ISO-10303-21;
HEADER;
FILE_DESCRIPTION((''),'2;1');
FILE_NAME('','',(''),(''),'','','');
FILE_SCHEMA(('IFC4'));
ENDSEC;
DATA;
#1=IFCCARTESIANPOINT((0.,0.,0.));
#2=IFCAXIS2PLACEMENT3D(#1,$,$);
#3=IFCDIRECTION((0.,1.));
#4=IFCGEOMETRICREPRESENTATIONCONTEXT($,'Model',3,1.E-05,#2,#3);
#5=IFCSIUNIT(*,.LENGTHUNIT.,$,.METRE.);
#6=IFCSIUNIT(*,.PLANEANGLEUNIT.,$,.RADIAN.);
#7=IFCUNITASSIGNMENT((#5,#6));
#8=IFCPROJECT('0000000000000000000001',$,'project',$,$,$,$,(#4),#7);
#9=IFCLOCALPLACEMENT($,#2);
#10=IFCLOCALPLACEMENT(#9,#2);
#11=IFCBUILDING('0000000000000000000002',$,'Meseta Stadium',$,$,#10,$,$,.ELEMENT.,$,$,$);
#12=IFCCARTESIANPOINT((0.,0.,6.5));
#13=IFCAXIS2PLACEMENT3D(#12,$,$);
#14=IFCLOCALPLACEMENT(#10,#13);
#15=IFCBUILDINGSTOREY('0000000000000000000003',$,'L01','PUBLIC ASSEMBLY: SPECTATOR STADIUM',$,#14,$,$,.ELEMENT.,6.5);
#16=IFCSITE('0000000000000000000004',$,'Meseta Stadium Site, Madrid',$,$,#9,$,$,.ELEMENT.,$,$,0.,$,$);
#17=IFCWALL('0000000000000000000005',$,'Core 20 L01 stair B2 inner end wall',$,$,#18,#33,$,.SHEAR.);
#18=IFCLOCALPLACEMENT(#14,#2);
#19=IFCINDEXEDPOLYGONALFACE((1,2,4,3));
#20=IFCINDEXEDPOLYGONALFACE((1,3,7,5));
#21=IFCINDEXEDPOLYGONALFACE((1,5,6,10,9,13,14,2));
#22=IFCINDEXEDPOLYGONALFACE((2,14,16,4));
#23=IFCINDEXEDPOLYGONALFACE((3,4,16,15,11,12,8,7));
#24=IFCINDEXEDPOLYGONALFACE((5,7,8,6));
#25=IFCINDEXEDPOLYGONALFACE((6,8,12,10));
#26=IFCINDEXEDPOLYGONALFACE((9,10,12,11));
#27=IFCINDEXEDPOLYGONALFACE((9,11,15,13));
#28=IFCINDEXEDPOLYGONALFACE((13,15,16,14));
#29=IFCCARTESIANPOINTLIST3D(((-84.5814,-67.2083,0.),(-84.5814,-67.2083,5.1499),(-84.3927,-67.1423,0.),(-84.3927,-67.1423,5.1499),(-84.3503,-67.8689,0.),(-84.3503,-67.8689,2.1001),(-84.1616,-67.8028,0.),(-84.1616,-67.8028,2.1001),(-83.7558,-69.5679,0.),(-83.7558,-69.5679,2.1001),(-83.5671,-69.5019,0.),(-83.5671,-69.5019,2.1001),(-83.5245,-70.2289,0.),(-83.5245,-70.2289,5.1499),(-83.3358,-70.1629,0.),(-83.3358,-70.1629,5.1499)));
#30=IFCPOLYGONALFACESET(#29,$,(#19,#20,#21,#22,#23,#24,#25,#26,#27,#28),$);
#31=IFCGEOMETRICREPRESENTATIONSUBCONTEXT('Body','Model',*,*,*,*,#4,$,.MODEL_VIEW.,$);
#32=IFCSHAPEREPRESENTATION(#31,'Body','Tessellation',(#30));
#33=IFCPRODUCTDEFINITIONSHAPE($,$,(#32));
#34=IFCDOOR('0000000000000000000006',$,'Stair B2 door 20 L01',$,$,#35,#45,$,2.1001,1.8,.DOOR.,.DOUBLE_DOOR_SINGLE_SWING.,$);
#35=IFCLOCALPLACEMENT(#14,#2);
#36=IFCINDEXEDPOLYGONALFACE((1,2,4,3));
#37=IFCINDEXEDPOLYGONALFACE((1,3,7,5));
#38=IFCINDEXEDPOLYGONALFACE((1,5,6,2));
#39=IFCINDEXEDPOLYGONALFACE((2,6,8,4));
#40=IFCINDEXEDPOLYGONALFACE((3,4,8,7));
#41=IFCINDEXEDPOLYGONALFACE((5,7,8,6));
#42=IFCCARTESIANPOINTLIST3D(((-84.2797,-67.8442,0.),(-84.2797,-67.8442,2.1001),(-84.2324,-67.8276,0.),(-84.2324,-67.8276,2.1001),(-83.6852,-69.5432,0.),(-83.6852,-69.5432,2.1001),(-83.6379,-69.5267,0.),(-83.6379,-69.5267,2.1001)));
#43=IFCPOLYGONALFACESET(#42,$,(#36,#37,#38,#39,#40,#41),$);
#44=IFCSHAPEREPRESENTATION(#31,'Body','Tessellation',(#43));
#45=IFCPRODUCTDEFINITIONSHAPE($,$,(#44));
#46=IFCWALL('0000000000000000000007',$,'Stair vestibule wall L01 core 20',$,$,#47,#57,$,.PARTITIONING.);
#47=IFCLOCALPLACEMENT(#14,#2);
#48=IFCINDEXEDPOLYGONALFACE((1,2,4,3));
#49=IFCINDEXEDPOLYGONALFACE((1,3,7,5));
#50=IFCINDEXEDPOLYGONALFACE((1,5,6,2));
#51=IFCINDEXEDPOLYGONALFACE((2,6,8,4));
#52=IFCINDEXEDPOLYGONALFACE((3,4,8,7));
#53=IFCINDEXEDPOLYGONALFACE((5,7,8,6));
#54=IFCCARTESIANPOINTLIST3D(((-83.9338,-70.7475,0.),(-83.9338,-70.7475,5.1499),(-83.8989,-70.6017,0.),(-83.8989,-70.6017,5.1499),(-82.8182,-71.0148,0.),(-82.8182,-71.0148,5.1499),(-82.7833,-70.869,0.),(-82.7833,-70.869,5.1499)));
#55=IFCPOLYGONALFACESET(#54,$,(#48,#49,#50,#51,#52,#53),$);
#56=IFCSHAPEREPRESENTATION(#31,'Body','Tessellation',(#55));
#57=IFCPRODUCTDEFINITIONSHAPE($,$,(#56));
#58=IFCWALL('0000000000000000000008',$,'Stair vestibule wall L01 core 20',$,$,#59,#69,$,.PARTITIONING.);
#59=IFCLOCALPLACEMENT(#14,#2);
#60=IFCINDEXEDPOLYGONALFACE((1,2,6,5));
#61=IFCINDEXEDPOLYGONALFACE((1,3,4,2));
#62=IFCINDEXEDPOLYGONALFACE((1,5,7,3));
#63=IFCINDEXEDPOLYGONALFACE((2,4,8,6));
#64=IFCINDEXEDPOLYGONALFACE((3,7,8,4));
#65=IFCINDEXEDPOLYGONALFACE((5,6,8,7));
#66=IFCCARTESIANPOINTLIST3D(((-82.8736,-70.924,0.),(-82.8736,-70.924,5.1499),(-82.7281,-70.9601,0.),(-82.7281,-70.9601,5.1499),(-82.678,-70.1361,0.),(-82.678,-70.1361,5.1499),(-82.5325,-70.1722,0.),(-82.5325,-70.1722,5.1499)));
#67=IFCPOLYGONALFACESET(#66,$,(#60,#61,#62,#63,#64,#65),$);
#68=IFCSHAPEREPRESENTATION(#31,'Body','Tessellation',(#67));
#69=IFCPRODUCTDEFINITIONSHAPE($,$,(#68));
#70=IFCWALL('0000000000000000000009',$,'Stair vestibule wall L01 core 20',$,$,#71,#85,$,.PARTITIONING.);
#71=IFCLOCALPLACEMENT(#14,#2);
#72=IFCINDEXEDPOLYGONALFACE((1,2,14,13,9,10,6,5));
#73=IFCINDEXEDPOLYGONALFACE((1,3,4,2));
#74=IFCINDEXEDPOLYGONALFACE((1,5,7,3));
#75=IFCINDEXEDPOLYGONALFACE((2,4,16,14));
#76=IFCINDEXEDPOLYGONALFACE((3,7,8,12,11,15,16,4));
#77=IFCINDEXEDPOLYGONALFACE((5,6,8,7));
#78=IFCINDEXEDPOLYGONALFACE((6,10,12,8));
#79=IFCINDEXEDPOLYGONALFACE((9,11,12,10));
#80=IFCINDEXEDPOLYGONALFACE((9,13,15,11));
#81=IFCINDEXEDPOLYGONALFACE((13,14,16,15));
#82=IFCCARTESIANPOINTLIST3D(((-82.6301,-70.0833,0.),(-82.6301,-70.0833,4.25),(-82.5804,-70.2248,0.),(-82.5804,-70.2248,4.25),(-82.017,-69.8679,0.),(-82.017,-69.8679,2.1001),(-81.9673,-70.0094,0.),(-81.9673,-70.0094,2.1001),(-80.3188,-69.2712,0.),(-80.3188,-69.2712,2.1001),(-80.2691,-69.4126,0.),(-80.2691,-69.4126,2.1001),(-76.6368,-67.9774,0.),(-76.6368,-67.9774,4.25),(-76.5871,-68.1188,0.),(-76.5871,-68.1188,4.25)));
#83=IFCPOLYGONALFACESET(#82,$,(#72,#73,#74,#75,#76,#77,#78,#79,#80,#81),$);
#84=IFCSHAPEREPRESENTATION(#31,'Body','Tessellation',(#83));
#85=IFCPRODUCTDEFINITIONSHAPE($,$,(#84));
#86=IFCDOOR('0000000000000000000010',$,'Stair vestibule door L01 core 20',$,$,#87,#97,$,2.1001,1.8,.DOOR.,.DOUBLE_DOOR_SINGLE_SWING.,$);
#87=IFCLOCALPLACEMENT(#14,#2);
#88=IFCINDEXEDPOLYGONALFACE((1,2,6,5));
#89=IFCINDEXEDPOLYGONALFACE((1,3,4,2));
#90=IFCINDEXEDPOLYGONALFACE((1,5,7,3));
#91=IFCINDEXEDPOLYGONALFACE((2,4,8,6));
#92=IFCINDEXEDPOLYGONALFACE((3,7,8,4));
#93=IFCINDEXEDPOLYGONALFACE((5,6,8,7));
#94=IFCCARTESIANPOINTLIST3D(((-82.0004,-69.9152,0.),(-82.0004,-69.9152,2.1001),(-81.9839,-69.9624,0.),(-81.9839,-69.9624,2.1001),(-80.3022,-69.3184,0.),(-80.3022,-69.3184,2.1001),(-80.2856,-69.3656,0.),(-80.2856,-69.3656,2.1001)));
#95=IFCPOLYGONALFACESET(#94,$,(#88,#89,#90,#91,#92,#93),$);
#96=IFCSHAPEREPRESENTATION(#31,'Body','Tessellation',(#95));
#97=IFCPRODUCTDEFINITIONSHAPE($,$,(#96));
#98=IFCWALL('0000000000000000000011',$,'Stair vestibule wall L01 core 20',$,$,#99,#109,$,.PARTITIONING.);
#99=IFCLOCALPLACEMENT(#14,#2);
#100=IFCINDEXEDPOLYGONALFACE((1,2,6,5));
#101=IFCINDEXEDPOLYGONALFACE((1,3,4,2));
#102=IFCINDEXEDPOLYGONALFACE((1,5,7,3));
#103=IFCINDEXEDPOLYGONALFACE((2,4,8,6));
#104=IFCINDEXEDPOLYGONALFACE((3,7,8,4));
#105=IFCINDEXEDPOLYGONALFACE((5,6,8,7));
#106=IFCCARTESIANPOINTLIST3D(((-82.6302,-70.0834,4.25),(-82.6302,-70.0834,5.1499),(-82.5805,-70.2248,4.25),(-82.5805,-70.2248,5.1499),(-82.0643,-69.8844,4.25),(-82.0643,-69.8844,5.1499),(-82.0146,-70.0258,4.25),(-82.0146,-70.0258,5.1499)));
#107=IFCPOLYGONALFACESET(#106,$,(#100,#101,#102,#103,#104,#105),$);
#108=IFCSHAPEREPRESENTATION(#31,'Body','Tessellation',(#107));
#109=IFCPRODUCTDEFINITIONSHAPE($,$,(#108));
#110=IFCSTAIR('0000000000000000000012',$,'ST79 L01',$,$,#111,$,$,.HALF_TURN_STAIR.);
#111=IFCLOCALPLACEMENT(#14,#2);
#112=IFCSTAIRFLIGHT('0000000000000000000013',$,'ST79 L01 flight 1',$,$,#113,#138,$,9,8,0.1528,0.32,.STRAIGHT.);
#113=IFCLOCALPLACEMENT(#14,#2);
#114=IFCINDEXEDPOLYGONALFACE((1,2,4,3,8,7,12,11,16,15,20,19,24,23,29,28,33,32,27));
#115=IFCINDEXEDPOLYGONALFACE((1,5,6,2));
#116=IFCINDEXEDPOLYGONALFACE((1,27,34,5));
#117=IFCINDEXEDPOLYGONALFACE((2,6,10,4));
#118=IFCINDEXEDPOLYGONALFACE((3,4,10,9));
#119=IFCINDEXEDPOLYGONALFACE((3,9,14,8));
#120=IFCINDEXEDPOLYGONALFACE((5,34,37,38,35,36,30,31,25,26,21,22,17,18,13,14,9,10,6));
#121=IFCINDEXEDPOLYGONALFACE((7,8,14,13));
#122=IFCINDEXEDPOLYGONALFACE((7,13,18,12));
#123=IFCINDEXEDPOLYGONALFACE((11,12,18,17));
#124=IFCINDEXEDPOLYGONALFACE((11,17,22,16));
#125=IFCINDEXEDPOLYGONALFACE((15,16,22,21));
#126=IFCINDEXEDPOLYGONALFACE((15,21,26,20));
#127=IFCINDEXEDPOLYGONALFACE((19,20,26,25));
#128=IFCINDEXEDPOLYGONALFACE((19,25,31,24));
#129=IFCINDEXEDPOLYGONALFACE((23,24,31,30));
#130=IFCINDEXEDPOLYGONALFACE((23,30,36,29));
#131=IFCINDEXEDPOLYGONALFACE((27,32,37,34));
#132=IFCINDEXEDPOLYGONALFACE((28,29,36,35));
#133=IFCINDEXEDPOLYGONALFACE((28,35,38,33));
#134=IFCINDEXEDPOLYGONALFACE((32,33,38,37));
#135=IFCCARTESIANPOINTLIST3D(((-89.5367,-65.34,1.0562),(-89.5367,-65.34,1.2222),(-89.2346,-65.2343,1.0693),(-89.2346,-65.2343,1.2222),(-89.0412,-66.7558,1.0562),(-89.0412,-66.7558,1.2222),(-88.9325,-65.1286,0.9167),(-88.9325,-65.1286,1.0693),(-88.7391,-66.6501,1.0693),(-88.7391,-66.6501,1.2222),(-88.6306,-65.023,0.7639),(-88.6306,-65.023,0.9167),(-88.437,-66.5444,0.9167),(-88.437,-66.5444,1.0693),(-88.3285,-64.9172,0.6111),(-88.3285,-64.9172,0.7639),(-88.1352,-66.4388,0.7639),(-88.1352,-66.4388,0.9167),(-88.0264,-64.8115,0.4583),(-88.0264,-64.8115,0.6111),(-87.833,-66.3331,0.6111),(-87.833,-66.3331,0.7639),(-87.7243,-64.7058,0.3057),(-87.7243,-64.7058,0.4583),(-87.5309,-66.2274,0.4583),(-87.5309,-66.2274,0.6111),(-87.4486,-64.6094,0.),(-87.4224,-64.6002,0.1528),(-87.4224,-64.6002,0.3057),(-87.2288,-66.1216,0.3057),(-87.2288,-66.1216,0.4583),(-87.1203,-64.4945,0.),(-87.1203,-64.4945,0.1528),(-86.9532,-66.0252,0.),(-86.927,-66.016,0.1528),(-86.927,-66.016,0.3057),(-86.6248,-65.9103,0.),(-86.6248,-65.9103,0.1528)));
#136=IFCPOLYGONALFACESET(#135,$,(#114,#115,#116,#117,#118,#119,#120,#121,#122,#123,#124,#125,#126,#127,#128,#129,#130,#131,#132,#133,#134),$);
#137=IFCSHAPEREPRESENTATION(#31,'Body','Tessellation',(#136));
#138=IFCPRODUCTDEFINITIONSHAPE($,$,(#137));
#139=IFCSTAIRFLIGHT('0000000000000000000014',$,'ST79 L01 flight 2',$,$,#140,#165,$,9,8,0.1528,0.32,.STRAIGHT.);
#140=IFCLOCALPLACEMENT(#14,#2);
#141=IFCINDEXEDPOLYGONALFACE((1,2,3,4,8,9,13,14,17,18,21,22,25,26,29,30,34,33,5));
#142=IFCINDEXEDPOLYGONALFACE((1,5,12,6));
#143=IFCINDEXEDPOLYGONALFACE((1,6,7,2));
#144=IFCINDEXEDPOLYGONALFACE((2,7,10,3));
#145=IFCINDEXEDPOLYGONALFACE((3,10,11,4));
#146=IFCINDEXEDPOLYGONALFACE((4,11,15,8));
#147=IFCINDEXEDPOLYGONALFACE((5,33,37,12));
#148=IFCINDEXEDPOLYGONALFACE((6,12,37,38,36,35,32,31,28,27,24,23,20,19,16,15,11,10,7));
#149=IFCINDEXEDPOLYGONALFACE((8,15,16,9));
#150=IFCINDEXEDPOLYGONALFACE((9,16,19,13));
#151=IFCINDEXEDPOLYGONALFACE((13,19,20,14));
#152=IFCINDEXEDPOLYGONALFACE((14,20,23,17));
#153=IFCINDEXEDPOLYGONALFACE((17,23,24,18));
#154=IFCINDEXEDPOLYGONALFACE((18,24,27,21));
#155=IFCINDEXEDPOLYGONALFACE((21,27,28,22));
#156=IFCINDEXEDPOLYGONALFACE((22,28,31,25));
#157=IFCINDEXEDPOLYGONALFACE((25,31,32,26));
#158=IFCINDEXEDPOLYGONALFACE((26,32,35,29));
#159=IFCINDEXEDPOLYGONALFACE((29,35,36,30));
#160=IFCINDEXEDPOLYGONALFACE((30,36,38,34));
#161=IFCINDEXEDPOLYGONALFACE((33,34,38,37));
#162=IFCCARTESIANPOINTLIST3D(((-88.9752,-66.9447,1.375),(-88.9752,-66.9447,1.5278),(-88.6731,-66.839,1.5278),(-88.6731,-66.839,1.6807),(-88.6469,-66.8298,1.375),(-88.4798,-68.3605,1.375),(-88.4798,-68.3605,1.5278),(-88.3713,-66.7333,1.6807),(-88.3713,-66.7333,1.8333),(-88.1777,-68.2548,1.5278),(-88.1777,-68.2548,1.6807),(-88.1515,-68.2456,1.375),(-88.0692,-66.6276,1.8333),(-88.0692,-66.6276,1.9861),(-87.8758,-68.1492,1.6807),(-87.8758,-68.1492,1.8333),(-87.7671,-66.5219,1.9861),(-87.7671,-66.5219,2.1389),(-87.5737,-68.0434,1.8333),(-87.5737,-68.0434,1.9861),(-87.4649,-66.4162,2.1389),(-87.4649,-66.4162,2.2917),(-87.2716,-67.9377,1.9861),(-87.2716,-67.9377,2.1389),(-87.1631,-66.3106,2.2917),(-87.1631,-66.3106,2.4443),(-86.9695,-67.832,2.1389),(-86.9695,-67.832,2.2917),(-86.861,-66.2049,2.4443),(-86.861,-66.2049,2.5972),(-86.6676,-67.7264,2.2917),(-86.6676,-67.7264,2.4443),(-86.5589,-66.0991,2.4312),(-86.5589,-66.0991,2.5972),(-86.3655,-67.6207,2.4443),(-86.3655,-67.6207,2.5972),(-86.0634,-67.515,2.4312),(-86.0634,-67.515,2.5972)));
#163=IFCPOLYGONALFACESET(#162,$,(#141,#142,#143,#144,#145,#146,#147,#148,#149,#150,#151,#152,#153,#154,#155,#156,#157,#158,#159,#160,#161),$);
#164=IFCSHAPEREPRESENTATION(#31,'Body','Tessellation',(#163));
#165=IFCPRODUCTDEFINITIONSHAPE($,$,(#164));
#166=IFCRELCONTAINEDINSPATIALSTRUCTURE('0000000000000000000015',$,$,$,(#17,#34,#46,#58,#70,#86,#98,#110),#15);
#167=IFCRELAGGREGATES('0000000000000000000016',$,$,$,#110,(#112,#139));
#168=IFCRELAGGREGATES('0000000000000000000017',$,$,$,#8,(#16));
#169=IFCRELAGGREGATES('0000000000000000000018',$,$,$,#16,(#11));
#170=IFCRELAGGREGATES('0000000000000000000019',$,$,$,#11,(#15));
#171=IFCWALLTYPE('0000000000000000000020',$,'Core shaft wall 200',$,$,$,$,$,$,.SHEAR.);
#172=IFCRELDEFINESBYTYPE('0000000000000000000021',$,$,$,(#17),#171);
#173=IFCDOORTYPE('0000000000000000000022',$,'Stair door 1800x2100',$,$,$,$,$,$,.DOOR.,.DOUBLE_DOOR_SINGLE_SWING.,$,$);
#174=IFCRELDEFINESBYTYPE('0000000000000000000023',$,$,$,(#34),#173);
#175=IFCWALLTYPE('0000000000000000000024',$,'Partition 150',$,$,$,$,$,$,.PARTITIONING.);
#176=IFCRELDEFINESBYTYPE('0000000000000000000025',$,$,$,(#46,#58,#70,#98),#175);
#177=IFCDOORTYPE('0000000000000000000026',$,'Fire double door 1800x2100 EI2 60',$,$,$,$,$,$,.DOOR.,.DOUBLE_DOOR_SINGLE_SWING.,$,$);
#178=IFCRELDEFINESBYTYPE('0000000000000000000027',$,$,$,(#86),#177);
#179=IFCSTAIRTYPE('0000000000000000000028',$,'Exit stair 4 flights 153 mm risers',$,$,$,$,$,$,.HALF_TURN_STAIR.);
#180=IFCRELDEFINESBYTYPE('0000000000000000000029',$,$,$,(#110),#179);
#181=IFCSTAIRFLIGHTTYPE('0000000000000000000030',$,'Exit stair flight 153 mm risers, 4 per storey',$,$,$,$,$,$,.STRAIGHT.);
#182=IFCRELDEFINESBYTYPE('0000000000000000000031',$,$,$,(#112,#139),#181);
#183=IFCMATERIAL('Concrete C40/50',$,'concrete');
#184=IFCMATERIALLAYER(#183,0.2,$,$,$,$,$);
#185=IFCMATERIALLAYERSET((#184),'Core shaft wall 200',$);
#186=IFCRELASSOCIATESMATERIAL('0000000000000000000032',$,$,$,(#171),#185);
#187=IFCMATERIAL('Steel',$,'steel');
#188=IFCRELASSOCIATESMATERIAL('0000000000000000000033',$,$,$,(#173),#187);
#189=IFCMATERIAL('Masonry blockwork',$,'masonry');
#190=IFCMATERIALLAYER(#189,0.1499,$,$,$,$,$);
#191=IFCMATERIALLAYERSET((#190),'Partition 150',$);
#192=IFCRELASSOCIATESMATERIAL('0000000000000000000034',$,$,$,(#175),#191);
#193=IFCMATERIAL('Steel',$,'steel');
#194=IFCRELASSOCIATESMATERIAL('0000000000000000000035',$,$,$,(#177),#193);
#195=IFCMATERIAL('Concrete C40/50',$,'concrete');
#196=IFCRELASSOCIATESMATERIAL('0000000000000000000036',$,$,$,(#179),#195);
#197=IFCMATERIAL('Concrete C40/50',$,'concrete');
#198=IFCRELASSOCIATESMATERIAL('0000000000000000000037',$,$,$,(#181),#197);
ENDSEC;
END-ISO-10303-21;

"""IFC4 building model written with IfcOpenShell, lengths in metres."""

from ifc_helpers import new_model, si_unit, direction, frame, frame_2d, origin, place, context, subcontext, project, spatial, polyline, rectangle, outline, extrude, material, layer, layer_set, type_object, element, fill, aggregate, save


model = new_model("IFC4")

# Units and contexts
model_context = context("Model", 3, precision=1e-05, world=origin(), true_north=direction((0.0, 1.0)))
body_context = subcontext(model_context, "Body", "Model", "MODEL_VIEW")
ifc_project = project(units=[si_unit("LENGTHUNIT", "METRE"), si_unit("PLANEANGLEUNIT", "RADIAN")], contexts=[model_context])

# Site, building, storey
site_placement = place(None, origin())
site = spatial("IfcSite", under=ifc_project, at=site_placement, Name="Meseta Stadium Site, Madrid", CompositionType="ELEMENT", RefElevation=0.0)
building_placement = place(site_placement, origin())
building = spatial("IfcBuilding", under=site, at=building_placement, Name="Meseta Stadium", CompositionType="ELEMENT")
storey_placement = place(building_placement, frame((0.0, 0.0, 6.5)))
storey = spatial("IfcBuildingStorey", under=building, at=storey_placement, Name="L01", Description="PUBLIC ASSEMBLY: SPECTATOR STADIUM", CompositionType="ELEMENT", Elevation=6.5)

# Wall, opening, door
ifc_material_1 = material(Name="Concrete C40/50", Category="concrete")
ifc_layer_1 = layer(ifc_material_1, 0.2)
ifc_layer_set_1 = layer_set([ifc_layer_1], Name="Core shaft wall 200")
wall_type_1 = type_object("IfcWallType", Name="Core shaft wall 200", PredefinedType="SHEAR", material=ifc_layer_set_1)
wall_1_placement = place(storey_placement, frame((-84.4871, -67.1753, 0.0), z_axis=(0.0, 0.0, 1.0), x_axis=(0.330269, -0.943887, 0.0)))
wall_1 = element("IfcWall", 1, at=wall_1_placement, inside=storey, type_object=wall_type_1, Name="Core 20 L01 stair B2 inner end wall", PredefinedType="SHEAR", context=body_context, shape_type="SweptSolid", body=[
    extrude(rectangle(XDim=3.2002, YDim=0.2, at=frame_2d((1.6001, 0.0))), origin(), (0.0, 0.0, 1.0), 5.1499),
])
opening_1_placement = place(wall_1_placement, frame((0.7, 0.0, 0.0)))
opening_1 = element("IfcOpeningElement", 2, at=opening_1_placement, cuts=wall_1, PredefinedType="OPENING", context=body_context, shape_type="SweptSolid", body=[
    extrude(rectangle(XDim=1.8, YDim=2.1001, at=frame_2d((0.8999, 1.05))), frame((0.0, 0.1099, 0.0), z_axis=(0.0, -1.0, 0.0), x_axis=(1.0, 0.0, 0.0)), (0.0, 0.0, 1.0), 0.22),
])
ifc_material_2 = material(Name="Steel", Category="steel")
door_type_1 = type_object("IfcDoorType", Name="Stair door 1800x2100", OperationType="DOUBLE_DOOR_SINGLE_SWING", PredefinedType="DOOR", material=ifc_material_2)
door_1_placement = place(opening_1_placement, origin())
door_1 = element("IfcDoor", 3, at=door_1_placement, inside=storey, type_object=door_type_1, Name="Stair B2 door 20 L01", OperationType="DOUBLE_DOOR_SINGLE_SWING", OverallHeight=2.1001, OverallWidth=1.8, PredefinedType="DOOR", context=body_context, shape_type="SweptSolid", body=[
    extrude(rectangle(XDim=1.8, YDim=2.1001, at=frame_2d((0.8999, 1.05))), frame((0.0, 0.0249, 0.0), z_axis=(0.0, -1.0, 0.0), x_axis=(1.0, 0.0, 0.0)), (0.0, 0.0, 1.0), 0.05),
])
fill(opening_1, door_1)

# Walls
ifc_material_3 = material(Name="Masonry blockwork", Category="masonry")
ifc_layer_2 = layer(ifc_material_3, 0.1499)
ifc_layer_set_2 = layer_set([ifc_layer_2], Name="Partition 150")
wall_type_2 = type_object("IfcWallType", Name="Partition 150", PredefinedType="PARTITIONING", material=ifc_layer_set_2)
wall_2_placement = place(storey_placement, frame((-83.9165, -70.6746, 0.0), z_axis=(0.0, 0.0, 1.0), x_axis=(0.972474, -0.233011, 0.0)))
element("IfcWall", 4, at=wall_2_placement, inside=storey, type_object=wall_type_2, Name="Stair vestibule wall L01 core 20", PredefinedType="PARTITIONING", context=body_context, shape_type="SweptSolid", body=[
    extrude(rectangle(XDim=1.1472, YDim=0.1499, at=frame_2d((0.5737, 0.0))), origin(), (0.0, 0.0, 1.0), 5.1499),
])
wall_3_placement = place(storey_placement, frame((-82.8008, -70.9419, 0.0), z_axis=(0.0, 0.0, 1.0), x_axis=(0.240908, 0.970548, 0.0)))
element("IfcWall", 5, at=wall_3_placement, inside=storey, type_object=wall_type_2, Name="Stair vestibule wall L01 core 20", PredefinedType="PARTITIONING", context=body_context, shape_type="SweptSolid", body=[
    extrude(rectangle(XDim=0.8118, YDim=0.1499, at=frame_2d((0.4058, 0.0))), origin(), (0.0, 0.0, 1.0), 5.1499),
])

# Wall, opening, door
wall_4_placement = place(storey_placement, frame((-82.6052, -70.1541, 0.0), z_axis=(0.0, 0.0, 1.0), x_axis=(0.943452, 0.331509, 0.0)))
wall_4 = element("IfcWall", 6, at=wall_4_placement, inside=storey, type_object=wall_type_2, Name="Stair vestibule wall L01 core 20", PredefinedType="PARTITIONING", context=body_context, shape_type="SweptSolid", body=[
    extrude(rectangle(XDim=6.3525, YDim=0.1499, at=frame_2d((3.1763, 0.0))), origin(), (0.0, 0.0, 1.0), 4.25),
])
opening_2_placement = place(wall_4_placement, frame((0.6499, 0.0, 0.0)))
opening_2 = element("IfcOpeningElement", 7, at=opening_2_placement, cuts=wall_4, PredefinedType="OPENING", context=body_context, shape_type="SweptSolid", body=[
    extrude(rectangle(XDim=1.8, YDim=2.1001, at=frame_2d((0.8999, 1.05))), frame((0.0, 0.085, 0.0), z_axis=(0.0, -1.0, 0.0), x_axis=(1.0, 0.0, 0.0)), (0.0, 0.0, 1.0), 0.1699),
])
ifc_material_4 = material(Name="Steel", Category="steel")
door_type_2 = type_object("IfcDoorType", Name="Fire double door 1800x2100 EI2 60", OperationType="DOUBLE_DOOR_SINGLE_SWING", PredefinedType="DOOR", material=ifc_material_4)
door_2_placement = place(opening_2_placement, origin())
door_2 = element("IfcDoor", 8, at=door_2_placement, inside=storey, type_object=door_type_2, Name="Stair vestibule door L01 core 20", OperationType="DOUBLE_DOOR_SINGLE_SWING", OverallHeight=2.1001, OverallWidth=1.8, PredefinedType="DOOR", context=body_context, shape_type="SweptSolid", body=[
    extrude(rectangle(XDim=1.8, YDim=2.1001, at=frame_2d((0.8999, 1.05))), frame((0.0, 0.0249, 0.0), z_axis=(0.0, -1.0, 0.0), x_axis=(1.0, 0.0, 0.0)), (0.0, 0.0, 1.0), 0.05),
])
fill(opening_2, door_2)

# Wall
wall_5_placement = place(storey_placement, frame((-82.6052, -70.1541, 4.25), z_axis=(0.0, 0.0, 1.0), x_axis=(0.943388, 0.331692, 0.0)))
element("IfcWall", 9, at=wall_5_placement, inside=storey, type_object=wall_type_2, Name="Stair vestibule wall L01 core 20", PredefinedType="PARTITIONING", context=body_context, shape_type="SweptSolid", body=[
    extrude(rectangle(XDim=0.5999, YDim=0.1499, at=frame_2d((0.2998, 0.0))), origin(), (0.0, 0.0, 1.0), 0.8999),
])

# Stair, stair flights
ifc_material_5 = material(Name="Concrete C40/50", Category="concrete")
stair_type = type_object("IfcStairType", Name="Exit stair 4 flights 153 mm risers", PredefinedType="HALF_TURN_STAIR", material=ifc_material_5)
stair_1_placement = place(storey_placement, origin())
stair_1 = element("IfcStair", 10, at=stair_1_placement, inside=storey, type_object=stair_type, Name="ST79 L01", PredefinedType="HALF_TURN_STAIR")
ifc_material_6 = material(Name="Concrete C40/50", Category="concrete")
stair_flight_type = type_object("IfcStairFlightType", Name="Exit stair flight 153 mm risers, 4 per storey", PredefinedType="STRAIGHT", material=ifc_material_6)
stair_flight_1_placement = place(storey_placement, frame((-86.8726, -65.2024, 0.0), z_axis=(0.0, 0.0, 1.0), x_axis=(-0.943883, -0.330279, 0.0)))
stair_flight_1 = element("IfcStairFlight", 11, at=stair_flight_1_placement, type_object=stair_flight_type, Name="ST79 L01 flight 1", NumberOfRisers=9, NumberOfTreads=8, PredefinedType="STRAIGHT", RiserHeight=0.1528, TreadLength=0.32, context=body_context, shape_type="SweptSolid", body=[
    extrude(outline(polyline([(0.0, 0.0), (0.0, 0.1528), (0.3201, 0.1528), (0.3201, 0.3057), (0.6399, 0.3057), (0.6399, 0.4583), (0.96, 0.4583), (0.96, 0.6111), (1.28, 0.6111), (1.28, 0.7639), (1.6001, 0.7639), (1.6001, 0.9167), (1.9199, 0.9167), (1.9199, 1.0693), (2.24, 1.0693), (2.24, 1.2222), (2.5601, 1.2222), (2.5601, 1.0562), (0.3479, 0.0), (0.0, 0.0)])), frame((0.0, 0.75, 0.0), z_axis=(0.0, -1.0, 0.0), x_axis=(1.0, 0.0, 0.0)), (0.0, 0.0, 1.0), 1.5),
])
stair_flight_2_placement = place(storey_placement, frame((-88.7275, -67.6526, 1.375), z_axis=(0.0, 0.0, 1.0), x_axis=(0.943883, 0.330279, 0.0)))
stair_flight_2 = element("IfcStairFlight", 12, at=stair_flight_2_placement, type_object=stair_flight_type, Name="ST79 L01 flight 2", NumberOfRisers=9, NumberOfTreads=8, PredefinedType="STRAIGHT", RiserHeight=0.1528, TreadLength=0.32, context=body_context, shape_type="SweptSolid", body=[
    extrude(outline(polyline([(0.0, 0.0), (0.0, 0.1528), (0.3201, 0.1528), (0.3201, 0.3057), (0.6399, 0.3057), (0.6399, 0.4583), (0.96, 0.4583), (0.96, 0.6111), (1.28, 0.6111), (1.28, 0.7639), (1.6001, 0.7639), (1.6001, 0.9167), (1.9199, 0.9167), (1.9199, 1.0693), (2.24, 1.0693), (2.24, 1.2222), (2.5601, 1.2222), (2.5601, 1.0562), (0.3479, 0.0), (0.0, 0.0)])), frame((0.0, 0.75, 0.0), z_axis=(0.0, -1.0, 0.0), x_axis=(1.0, 0.0, 0.0)), (0.0, 0.0, 1.0), 1.5),
])
aggregate(stair_1, [stair_flight_1, stair_flight_2])

save(model, "model.ifc")
